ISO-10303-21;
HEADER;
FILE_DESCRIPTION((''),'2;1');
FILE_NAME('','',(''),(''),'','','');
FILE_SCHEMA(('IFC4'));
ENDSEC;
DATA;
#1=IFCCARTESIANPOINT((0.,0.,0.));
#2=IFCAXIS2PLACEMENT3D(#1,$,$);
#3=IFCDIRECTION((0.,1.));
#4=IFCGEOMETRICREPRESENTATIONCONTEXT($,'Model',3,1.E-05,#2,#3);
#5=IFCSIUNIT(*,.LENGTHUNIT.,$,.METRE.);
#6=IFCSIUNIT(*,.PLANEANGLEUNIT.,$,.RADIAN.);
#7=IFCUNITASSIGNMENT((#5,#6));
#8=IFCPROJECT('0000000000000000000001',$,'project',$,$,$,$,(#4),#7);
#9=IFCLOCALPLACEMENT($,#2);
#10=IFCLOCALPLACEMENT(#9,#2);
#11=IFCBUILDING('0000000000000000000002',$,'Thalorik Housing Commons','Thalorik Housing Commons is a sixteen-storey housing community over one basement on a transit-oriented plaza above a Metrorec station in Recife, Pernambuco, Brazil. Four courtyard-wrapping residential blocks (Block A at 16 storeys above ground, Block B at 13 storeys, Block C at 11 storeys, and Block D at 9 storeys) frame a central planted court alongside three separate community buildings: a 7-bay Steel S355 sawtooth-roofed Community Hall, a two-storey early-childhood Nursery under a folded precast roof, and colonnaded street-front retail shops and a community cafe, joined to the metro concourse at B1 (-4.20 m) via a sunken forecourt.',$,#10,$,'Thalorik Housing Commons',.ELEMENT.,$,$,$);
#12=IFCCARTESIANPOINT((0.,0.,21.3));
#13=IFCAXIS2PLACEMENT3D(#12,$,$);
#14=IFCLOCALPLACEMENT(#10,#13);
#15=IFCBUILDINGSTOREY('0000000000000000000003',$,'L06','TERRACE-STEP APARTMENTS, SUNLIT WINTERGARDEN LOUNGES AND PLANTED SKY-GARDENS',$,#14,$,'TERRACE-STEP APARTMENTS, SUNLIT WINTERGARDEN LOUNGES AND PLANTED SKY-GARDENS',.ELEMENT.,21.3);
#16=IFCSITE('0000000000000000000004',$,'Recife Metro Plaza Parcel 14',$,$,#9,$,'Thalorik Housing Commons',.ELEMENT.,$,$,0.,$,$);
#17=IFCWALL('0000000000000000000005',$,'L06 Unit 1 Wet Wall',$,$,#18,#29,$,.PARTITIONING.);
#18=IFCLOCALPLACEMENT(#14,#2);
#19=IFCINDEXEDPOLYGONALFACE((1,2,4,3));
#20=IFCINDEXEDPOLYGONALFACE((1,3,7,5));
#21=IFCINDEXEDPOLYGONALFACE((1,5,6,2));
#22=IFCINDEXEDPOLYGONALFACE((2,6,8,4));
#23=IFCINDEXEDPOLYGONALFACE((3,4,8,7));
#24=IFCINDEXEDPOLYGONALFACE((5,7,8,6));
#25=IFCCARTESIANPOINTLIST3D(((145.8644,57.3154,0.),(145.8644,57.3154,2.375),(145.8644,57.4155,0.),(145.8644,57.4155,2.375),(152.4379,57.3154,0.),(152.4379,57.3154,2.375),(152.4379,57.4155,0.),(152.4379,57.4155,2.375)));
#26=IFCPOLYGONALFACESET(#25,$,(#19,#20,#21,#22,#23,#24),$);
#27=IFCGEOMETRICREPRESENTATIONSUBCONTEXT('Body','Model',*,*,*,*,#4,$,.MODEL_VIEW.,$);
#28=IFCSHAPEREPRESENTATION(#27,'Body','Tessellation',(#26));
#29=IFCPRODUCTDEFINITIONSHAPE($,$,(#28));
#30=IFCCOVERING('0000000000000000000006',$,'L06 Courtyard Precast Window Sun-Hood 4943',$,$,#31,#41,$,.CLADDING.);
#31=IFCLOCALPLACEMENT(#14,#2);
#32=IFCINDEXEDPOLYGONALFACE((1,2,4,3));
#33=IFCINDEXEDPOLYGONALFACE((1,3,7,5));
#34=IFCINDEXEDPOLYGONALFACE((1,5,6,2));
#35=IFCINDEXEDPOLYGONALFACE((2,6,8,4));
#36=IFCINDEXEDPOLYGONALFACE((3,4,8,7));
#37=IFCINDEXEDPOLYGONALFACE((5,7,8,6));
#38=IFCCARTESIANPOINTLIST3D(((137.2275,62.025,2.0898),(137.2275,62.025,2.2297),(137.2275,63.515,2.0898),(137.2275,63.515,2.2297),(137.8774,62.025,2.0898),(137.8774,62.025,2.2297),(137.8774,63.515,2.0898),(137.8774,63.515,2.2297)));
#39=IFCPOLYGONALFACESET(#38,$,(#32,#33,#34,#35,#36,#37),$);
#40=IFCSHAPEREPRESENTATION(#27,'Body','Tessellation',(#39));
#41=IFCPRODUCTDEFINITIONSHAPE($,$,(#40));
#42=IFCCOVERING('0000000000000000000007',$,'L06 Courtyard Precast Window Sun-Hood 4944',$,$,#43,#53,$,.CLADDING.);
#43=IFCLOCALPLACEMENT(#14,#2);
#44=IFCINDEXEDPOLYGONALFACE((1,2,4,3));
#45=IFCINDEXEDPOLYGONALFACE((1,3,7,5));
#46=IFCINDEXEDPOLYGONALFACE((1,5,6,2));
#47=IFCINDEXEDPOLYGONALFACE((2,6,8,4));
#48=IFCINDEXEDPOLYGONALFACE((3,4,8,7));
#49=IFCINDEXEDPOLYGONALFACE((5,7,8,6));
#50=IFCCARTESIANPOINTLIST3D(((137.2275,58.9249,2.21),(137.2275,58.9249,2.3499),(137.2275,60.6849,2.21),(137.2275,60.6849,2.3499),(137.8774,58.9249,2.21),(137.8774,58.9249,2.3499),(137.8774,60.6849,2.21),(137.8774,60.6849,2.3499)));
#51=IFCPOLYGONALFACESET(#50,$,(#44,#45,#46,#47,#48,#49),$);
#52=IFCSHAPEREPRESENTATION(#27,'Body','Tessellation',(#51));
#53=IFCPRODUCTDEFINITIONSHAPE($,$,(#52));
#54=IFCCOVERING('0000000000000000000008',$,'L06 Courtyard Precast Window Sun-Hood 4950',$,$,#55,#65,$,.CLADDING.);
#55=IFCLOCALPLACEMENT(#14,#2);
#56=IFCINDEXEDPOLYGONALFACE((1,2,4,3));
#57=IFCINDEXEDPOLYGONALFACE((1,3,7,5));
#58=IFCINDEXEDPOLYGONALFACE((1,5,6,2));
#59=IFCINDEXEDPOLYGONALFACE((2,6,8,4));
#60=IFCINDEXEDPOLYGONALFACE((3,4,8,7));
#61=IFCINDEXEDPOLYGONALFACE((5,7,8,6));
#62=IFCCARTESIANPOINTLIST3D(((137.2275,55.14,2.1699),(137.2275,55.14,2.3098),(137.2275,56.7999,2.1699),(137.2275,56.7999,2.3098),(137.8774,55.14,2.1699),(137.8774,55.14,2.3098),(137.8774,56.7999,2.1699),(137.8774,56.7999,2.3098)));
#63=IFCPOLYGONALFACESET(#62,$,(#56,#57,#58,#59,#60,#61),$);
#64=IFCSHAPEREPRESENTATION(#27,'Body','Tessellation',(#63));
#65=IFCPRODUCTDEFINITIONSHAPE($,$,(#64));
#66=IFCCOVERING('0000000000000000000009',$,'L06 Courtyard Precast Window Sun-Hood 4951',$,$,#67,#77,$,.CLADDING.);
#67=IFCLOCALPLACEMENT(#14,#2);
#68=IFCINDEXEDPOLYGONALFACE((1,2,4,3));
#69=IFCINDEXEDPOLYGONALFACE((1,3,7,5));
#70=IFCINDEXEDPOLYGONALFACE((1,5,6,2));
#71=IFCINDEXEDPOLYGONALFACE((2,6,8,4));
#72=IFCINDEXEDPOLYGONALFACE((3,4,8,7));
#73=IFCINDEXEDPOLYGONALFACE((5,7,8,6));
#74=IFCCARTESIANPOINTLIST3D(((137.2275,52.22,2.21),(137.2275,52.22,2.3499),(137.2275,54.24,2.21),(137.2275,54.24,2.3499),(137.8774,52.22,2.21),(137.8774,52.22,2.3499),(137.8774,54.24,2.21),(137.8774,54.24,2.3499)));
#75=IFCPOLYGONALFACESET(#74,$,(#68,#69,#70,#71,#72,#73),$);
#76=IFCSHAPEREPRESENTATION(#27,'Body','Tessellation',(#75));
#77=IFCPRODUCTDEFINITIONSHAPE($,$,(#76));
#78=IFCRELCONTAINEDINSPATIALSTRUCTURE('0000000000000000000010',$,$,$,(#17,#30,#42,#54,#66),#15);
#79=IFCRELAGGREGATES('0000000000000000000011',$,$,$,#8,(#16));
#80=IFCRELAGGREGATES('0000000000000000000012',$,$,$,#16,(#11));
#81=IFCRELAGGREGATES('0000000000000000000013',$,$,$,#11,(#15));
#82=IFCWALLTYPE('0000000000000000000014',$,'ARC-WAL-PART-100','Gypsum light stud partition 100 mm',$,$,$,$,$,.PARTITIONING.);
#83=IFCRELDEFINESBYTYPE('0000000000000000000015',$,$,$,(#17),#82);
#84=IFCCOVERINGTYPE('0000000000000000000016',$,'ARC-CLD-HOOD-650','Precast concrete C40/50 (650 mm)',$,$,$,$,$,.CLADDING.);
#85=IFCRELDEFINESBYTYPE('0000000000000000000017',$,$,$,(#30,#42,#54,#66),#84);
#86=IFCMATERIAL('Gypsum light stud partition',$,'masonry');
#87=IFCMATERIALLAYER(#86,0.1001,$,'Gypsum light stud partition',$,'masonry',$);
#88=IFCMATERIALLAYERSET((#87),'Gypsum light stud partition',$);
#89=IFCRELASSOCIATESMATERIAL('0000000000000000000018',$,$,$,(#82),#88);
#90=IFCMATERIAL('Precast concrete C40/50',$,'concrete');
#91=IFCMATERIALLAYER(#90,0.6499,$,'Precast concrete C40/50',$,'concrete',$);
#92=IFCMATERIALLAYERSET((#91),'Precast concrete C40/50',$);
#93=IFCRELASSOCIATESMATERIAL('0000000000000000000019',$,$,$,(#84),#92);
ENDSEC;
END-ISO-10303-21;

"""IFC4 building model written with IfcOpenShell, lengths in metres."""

from ifc_helpers import new_model, si_unit, direction, frame, frame_2d, origin, origin_2d, place, context, subcontext, project, spatial, rectangle, extrude, material, layer, layer_set, type_object, element, save


model = new_model("IFC4")

# Units and contexts
model_context = context("Model", 3, precision=1e-05, world=origin(), true_north=direction((0.0, 1.0)))
body_context = subcontext(model_context, "Body", "Model", "MODEL_VIEW")
ifc_project = project(units=[si_unit("LENGTHUNIT", "METRE"), si_unit("PLANEANGLEUNIT", "RADIAN")], contexts=[model_context])

# Site, building, storey
site_placement = place(None, origin())
site = spatial("IfcSite", under=ifc_project, at=site_placement, Name="Recife Metro Plaza Parcel 14", LongName="Thalorik Housing Commons", CompositionType="ELEMENT", RefElevation=0.0)
building_placement = place(site_placement, origin())
building = spatial("IfcBuilding", under=site, at=building_placement, Name="Thalorik Housing Commons", Description="Thalorik Housing Commons is a sixteen-storey housing community over one basement on a transit-oriented plaza above a Metrorec station in Recife, Pernambuco, Brazil. Four courtyard-wrapping residential blocks (Block A at 16 storeys above ground, Block B at 13 storeys, Block C at 11 storeys, and Block D at 9 storeys) frame a central planted court alongside three separate community buildings: a 7-bay Steel S355 sawtooth-roofed Community Hall, a two-storey early-childhood Nursery under a folded precast roof, and colonnaded street-front retail shops and a community cafe, joined to the metro concourse at B1 (-4.20 m) via a sunken forecourt.", LongName="Thalorik Housing Commons", CompositionType="ELEMENT")
storey_placement = place(building_placement, frame((0.0, 0.0, 21.3)))
storey = spatial("IfcBuildingStorey", under=building, at=storey_placement, Name="L06", Description="TERRACE-STEP APARTMENTS, SUNLIT WINTERGARDEN LOUNGES AND PLANTED SKY-GARDENS", LongName="TERRACE-STEP APARTMENTS, SUNLIT WINTERGARDEN LOUNGES AND PLANTED SKY-GARDENS", CompositionType="ELEMENT", Elevation=21.3)

# Shared definitions
ifc_material_1 = material(Name="Precast concrete C40/50", Category="concrete")

# Wall
ifc_material_2 = material(Name="Gypsum light stud partition", Category="masonry")
ifc_layer_1 = layer(ifc_material_2, 0.1001, Name="Gypsum light stud partition", Category="masonry")
ifc_layer_set_1 = layer_set([ifc_layer_1], Name="Gypsum light stud partition")
wall_type_1 = type_object("IfcWallType", Name="ARC-WAL-PART-100", Description="Gypsum light stud partition 100 mm", PredefinedType="PARTITIONING", material=ifc_layer_set_1)
wall_1_placement = place(storey_placement, frame((145.8645, 57.3655, 0.0), z_axis=(0.0, 0.0, 1.0), x_axis=(1.0, 0.0, 0.0)))
element("IfcWall", 1, at=wall_1_placement, inside=storey, type_object=wall_type_1, Name="L06 Unit 1 Wet Wall", PredefinedType="PARTITIONING", context=body_context, shape_type="SweptSolid", body=[
    extrude(rectangle(XDim=6.5735, YDim=0.1001, at=frame_2d((3.2866, 0.0))), origin(), (0.0, 0.0, 1.0), 2.375),
])

# Coverings
ifc_layer_2 = layer(ifc_material_1, 0.6499, Name="Precast concrete C40/50", Category="concrete")
ifc_layer_set_2 = layer_set([ifc_layer_2], Name="Precast concrete C40/50")
covering_type = type_object("IfcCoveringType", Name="ARC-CLD-HOOD-650", Description="Precast concrete C40/50 (650 mm)", PredefinedType="CLADDING", material=ifc_layer_set_2)
covering_1_placement = place(storey_placement, frame((137.5525, 62.77, 2.0898), z_axis=(0.0, 0.0, 1.0), x_axis=(0.0, -1.0, 0.0)))
element("IfcCovering", 2, at=covering_1_placement, inside=storey, type_object=covering_type, Name="L06 Courtyard Precast Window Sun-Hood 4943", PredefinedType="CLADDING", context=body_context, shape_type="SweptSolid", body=[
    extrude(rectangle(XDim=1.49, YDim=0.6499, at=origin_2d()), origin(), (0.0, 0.0, 1.0), 0.1399),
])
covering_2_placement = place(storey_placement, frame((137.5525, 59.8049, 2.21), z_axis=(0.0, 0.0, 1.0), x_axis=(0.0, -1.0, 0.0)))
element("IfcCovering", 3, at=covering_2_placement, inside=storey, type_object=covering_type, Name="L06 Courtyard Precast Window Sun-Hood 4944", PredefinedType="CLADDING", context=body_context, shape_type="SweptSolid", body=[
    extrude(rectangle(XDim=1.76, YDim=0.6499, at=origin_2d()), origin(), (0.0, 0.0, 1.0), 0.1399),
])
covering_3_placement = place(storey_placement, frame((137.5525, 55.97, 2.1699), z_axis=(0.0, 0.0, 1.0), x_axis=(0.0, -1.0, 0.0)))
element("IfcCovering", 4, at=covering_3_placement, inside=storey, type_object=covering_type, Name="L06 Courtyard Precast Window Sun-Hood 4950", PredefinedType="CLADDING", context=body_context, shape_type="SweptSolid", body=[
    extrude(rectangle(XDim=1.6599, YDim=0.6499, at=origin_2d()), origin(), (0.0, 0.0, 1.0), 0.1399),
])
covering_4_placement = place(storey_placement, frame((137.5525, 53.23, 2.21), z_axis=(0.0, 0.0, 1.0), x_axis=(0.0, -1.0, 0.0)))
element("IfcCovering", 5, at=covering_4_placement, inside=storey, type_object=covering_type, Name="L06 Courtyard Precast Window Sun-Hood 4951", PredefinedType="CLADDING", context=body_context, shape_type="SweptSolid", body=[
    extrude(rectangle(XDim=2.02, YDim=0.6499, at=origin_2d()), origin(), (0.0, 0.0, 1.0), 0.1399),
])

save(model, "model.ifc")
